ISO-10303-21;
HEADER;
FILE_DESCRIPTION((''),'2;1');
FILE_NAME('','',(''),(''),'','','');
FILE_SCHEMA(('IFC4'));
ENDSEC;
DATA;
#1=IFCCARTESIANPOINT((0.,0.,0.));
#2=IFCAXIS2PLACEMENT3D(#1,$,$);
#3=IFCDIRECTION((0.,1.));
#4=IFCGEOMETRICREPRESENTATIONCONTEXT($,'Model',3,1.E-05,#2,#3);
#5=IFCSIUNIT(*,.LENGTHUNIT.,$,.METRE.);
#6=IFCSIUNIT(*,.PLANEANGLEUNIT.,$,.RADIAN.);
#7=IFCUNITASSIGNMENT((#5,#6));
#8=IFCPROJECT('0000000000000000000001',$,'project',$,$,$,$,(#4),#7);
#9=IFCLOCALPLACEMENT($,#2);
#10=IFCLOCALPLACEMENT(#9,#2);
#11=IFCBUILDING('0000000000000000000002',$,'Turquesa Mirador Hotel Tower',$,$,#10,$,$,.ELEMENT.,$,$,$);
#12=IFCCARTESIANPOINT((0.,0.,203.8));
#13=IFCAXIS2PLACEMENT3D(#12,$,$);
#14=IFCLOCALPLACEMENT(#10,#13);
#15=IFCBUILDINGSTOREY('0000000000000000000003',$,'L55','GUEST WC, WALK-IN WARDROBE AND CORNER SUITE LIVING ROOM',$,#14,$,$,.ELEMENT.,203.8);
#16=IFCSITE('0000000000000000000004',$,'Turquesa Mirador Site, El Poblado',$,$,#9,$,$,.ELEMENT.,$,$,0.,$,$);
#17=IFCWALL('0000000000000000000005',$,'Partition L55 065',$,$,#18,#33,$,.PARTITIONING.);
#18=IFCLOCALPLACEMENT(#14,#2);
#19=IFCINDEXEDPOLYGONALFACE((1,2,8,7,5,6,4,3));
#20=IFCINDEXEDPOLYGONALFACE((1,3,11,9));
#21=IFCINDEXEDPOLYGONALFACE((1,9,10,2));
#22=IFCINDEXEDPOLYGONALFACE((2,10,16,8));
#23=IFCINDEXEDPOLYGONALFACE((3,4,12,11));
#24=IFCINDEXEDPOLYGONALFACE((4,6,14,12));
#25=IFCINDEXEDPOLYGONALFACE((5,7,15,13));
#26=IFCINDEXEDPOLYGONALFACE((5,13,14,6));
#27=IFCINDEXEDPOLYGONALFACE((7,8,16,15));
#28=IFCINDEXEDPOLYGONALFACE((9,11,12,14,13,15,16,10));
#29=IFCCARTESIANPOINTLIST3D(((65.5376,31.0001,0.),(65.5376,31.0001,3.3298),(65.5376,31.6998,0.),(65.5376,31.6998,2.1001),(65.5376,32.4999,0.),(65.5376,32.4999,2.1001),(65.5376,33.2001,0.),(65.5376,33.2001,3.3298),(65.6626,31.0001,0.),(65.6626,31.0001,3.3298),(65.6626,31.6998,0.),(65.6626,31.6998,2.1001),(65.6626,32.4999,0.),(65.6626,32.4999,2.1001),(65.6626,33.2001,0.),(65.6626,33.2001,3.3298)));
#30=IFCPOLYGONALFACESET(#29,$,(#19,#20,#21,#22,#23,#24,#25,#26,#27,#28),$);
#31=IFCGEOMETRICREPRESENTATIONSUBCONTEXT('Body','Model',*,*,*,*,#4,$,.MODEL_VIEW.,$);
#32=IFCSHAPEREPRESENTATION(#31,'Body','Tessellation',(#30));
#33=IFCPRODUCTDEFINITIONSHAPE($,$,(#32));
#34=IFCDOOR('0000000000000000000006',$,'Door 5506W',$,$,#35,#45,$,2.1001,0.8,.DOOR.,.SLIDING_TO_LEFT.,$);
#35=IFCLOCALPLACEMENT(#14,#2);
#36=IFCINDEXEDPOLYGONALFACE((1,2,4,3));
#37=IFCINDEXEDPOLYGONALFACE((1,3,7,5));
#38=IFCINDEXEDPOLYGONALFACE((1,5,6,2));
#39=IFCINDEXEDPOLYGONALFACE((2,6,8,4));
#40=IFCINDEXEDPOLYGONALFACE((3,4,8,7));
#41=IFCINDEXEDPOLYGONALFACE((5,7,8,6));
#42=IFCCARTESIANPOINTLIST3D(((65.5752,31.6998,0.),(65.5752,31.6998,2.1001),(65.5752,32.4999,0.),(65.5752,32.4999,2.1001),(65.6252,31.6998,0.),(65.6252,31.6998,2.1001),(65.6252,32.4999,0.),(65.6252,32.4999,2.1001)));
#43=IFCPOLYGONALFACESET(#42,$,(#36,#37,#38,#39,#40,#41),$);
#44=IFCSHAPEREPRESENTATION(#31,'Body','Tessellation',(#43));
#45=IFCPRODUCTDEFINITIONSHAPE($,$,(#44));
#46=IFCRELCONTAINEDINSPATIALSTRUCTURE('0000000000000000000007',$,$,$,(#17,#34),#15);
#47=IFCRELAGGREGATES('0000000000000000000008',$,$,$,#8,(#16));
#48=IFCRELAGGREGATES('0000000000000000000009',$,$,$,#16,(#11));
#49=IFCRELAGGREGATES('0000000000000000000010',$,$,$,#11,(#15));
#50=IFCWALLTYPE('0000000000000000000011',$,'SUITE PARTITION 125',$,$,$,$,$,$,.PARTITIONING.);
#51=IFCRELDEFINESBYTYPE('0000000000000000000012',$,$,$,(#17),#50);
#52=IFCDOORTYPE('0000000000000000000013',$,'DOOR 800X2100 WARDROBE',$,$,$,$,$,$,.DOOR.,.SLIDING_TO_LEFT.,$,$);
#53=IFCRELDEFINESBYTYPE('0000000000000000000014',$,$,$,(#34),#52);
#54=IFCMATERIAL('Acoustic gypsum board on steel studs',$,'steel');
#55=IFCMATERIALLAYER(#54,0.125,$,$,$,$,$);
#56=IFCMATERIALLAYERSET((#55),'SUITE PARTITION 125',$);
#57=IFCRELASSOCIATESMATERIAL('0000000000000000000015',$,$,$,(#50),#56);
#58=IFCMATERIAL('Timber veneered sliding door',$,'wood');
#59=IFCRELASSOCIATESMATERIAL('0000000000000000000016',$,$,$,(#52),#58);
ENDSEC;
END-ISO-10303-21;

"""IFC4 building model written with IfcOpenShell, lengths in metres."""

from ifc_helpers import new_model, si_unit, direction, frame, frame_2d, origin, place, context, subcontext, project, spatial, rectangle, extrude, material, layer, layer_set, type_object, element, fill, save


model = new_model("IFC4")

# Units and contexts
model_context = context("Model", 3, precision=1e-05, world=origin(), true_north=direction((0.0, 1.0)))
body_context = subcontext(model_context, "Body", "Model", "MODEL_VIEW")
ifc_project = project(units=[si_unit("LENGTHUNIT", "METRE"), si_unit("PLANEANGLEUNIT", "RADIAN")], contexts=[model_context])

# Site, building, storey
site_placement = place(None, origin())
site = spatial("IfcSite", under=ifc_project, at=site_placement, Name="Turquesa Mirador Site, El Poblado", CompositionType="ELEMENT", RefElevation=0.0)
building_placement = place(site_placement, origin())
building = spatial("IfcBuilding", under=site, at=building_placement, Name="Turquesa Mirador Hotel Tower", CompositionType="ELEMENT")
storey_placement = place(building_placement, frame((0.0, 0.0, 203.8)))
storey = spatial("IfcBuildingStorey", under=building, at=storey_placement, Name="L55", Description="GUEST WC, WALK-IN WARDROBE AND CORNER SUITE LIVING ROOM", CompositionType="ELEMENT", Elevation=203.8)

# Shared definitions
ifc_material_1 = material(Name="Acoustic gypsum board on steel studs", Category="steel")
ifc_layer_1 = layer(ifc_material_1, 0.125)
ifc_layer_set_1 = layer_set([ifc_layer_1], Name="SUITE PARTITION 125")
wall_type_1 = type_object("IfcWallType", Name="SUITE PARTITION 125", PredefinedType="PARTITIONING", material=ifc_layer_set_1)

# Wall, opening, door
wall_1_placement = place(storey_placement, frame((65.6001, 31.0, 0.0), z_axis=(0.0, 0.0, 1.0), x_axis=(0.0, 1.0, 0.0)))
wall_1 = element("IfcWall", 1, at=wall_1_placement, inside=storey, type_object=wall_type_1, Name="Partition L55 065", PredefinedType="PARTITIONING", context=body_context, shape_type="SweptSolid", body=[
    extrude(rectangle(XDim=2.2, YDim=0.125, at=frame_2d((1.1001, 0.0))), origin(), (0.0, 0.0, 1.0), 3.3298),
])
opening_1_placement = place(wall_1_placement, frame((0.7, 0.0, 0.0)))
opening_1 = element("IfcOpeningElement", 2, at=opening_1_placement, cuts=wall_1, PredefinedType="OPENING", context=body_context, shape_type="SweptSolid", body=[
    extrude(rectangle(XDim=0.8, YDim=2.1001, at=frame_2d((0.3999, 1.05))), frame((0.0, 0.0725, 0.0), z_axis=(0.0, -1.0, 0.0), x_axis=(1.0, 0.0, 0.0)), (0.0, 0.0, 1.0), 0.145),
])
ifc_material_2 = material(Name="Timber veneered sliding door", Category="wood")
door_type_1 = type_object("IfcDoorType", Name="DOOR 800X2100 WARDROBE", OperationType="SLIDING_TO_LEFT", PredefinedType="DOOR", material=ifc_material_2)
door_1_placement = place(opening_1_placement, origin())
door_1 = element("IfcDoor", 3, at=door_1_placement, inside=storey, type_object=door_type_1, Name="Door 5506W", OperationType="SLIDING_TO_LEFT", OverallHeight=2.1001, OverallWidth=0.8, PredefinedType="DOOR", context=body_context, shape_type="SweptSolid", body=[
    extrude(rectangle(XDim=0.8, YDim=2.1001, at=frame_2d((0.3999, 1.05))), frame((0.0, 0.0249, 0.0), z_axis=(0.0, -1.0, 0.0), x_axis=(1.0, 0.0, 0.0)), (0.0, 0.0, 1.0), 0.05),
])
fill(opening_1, door_1)

save(model, "model.ifc")
